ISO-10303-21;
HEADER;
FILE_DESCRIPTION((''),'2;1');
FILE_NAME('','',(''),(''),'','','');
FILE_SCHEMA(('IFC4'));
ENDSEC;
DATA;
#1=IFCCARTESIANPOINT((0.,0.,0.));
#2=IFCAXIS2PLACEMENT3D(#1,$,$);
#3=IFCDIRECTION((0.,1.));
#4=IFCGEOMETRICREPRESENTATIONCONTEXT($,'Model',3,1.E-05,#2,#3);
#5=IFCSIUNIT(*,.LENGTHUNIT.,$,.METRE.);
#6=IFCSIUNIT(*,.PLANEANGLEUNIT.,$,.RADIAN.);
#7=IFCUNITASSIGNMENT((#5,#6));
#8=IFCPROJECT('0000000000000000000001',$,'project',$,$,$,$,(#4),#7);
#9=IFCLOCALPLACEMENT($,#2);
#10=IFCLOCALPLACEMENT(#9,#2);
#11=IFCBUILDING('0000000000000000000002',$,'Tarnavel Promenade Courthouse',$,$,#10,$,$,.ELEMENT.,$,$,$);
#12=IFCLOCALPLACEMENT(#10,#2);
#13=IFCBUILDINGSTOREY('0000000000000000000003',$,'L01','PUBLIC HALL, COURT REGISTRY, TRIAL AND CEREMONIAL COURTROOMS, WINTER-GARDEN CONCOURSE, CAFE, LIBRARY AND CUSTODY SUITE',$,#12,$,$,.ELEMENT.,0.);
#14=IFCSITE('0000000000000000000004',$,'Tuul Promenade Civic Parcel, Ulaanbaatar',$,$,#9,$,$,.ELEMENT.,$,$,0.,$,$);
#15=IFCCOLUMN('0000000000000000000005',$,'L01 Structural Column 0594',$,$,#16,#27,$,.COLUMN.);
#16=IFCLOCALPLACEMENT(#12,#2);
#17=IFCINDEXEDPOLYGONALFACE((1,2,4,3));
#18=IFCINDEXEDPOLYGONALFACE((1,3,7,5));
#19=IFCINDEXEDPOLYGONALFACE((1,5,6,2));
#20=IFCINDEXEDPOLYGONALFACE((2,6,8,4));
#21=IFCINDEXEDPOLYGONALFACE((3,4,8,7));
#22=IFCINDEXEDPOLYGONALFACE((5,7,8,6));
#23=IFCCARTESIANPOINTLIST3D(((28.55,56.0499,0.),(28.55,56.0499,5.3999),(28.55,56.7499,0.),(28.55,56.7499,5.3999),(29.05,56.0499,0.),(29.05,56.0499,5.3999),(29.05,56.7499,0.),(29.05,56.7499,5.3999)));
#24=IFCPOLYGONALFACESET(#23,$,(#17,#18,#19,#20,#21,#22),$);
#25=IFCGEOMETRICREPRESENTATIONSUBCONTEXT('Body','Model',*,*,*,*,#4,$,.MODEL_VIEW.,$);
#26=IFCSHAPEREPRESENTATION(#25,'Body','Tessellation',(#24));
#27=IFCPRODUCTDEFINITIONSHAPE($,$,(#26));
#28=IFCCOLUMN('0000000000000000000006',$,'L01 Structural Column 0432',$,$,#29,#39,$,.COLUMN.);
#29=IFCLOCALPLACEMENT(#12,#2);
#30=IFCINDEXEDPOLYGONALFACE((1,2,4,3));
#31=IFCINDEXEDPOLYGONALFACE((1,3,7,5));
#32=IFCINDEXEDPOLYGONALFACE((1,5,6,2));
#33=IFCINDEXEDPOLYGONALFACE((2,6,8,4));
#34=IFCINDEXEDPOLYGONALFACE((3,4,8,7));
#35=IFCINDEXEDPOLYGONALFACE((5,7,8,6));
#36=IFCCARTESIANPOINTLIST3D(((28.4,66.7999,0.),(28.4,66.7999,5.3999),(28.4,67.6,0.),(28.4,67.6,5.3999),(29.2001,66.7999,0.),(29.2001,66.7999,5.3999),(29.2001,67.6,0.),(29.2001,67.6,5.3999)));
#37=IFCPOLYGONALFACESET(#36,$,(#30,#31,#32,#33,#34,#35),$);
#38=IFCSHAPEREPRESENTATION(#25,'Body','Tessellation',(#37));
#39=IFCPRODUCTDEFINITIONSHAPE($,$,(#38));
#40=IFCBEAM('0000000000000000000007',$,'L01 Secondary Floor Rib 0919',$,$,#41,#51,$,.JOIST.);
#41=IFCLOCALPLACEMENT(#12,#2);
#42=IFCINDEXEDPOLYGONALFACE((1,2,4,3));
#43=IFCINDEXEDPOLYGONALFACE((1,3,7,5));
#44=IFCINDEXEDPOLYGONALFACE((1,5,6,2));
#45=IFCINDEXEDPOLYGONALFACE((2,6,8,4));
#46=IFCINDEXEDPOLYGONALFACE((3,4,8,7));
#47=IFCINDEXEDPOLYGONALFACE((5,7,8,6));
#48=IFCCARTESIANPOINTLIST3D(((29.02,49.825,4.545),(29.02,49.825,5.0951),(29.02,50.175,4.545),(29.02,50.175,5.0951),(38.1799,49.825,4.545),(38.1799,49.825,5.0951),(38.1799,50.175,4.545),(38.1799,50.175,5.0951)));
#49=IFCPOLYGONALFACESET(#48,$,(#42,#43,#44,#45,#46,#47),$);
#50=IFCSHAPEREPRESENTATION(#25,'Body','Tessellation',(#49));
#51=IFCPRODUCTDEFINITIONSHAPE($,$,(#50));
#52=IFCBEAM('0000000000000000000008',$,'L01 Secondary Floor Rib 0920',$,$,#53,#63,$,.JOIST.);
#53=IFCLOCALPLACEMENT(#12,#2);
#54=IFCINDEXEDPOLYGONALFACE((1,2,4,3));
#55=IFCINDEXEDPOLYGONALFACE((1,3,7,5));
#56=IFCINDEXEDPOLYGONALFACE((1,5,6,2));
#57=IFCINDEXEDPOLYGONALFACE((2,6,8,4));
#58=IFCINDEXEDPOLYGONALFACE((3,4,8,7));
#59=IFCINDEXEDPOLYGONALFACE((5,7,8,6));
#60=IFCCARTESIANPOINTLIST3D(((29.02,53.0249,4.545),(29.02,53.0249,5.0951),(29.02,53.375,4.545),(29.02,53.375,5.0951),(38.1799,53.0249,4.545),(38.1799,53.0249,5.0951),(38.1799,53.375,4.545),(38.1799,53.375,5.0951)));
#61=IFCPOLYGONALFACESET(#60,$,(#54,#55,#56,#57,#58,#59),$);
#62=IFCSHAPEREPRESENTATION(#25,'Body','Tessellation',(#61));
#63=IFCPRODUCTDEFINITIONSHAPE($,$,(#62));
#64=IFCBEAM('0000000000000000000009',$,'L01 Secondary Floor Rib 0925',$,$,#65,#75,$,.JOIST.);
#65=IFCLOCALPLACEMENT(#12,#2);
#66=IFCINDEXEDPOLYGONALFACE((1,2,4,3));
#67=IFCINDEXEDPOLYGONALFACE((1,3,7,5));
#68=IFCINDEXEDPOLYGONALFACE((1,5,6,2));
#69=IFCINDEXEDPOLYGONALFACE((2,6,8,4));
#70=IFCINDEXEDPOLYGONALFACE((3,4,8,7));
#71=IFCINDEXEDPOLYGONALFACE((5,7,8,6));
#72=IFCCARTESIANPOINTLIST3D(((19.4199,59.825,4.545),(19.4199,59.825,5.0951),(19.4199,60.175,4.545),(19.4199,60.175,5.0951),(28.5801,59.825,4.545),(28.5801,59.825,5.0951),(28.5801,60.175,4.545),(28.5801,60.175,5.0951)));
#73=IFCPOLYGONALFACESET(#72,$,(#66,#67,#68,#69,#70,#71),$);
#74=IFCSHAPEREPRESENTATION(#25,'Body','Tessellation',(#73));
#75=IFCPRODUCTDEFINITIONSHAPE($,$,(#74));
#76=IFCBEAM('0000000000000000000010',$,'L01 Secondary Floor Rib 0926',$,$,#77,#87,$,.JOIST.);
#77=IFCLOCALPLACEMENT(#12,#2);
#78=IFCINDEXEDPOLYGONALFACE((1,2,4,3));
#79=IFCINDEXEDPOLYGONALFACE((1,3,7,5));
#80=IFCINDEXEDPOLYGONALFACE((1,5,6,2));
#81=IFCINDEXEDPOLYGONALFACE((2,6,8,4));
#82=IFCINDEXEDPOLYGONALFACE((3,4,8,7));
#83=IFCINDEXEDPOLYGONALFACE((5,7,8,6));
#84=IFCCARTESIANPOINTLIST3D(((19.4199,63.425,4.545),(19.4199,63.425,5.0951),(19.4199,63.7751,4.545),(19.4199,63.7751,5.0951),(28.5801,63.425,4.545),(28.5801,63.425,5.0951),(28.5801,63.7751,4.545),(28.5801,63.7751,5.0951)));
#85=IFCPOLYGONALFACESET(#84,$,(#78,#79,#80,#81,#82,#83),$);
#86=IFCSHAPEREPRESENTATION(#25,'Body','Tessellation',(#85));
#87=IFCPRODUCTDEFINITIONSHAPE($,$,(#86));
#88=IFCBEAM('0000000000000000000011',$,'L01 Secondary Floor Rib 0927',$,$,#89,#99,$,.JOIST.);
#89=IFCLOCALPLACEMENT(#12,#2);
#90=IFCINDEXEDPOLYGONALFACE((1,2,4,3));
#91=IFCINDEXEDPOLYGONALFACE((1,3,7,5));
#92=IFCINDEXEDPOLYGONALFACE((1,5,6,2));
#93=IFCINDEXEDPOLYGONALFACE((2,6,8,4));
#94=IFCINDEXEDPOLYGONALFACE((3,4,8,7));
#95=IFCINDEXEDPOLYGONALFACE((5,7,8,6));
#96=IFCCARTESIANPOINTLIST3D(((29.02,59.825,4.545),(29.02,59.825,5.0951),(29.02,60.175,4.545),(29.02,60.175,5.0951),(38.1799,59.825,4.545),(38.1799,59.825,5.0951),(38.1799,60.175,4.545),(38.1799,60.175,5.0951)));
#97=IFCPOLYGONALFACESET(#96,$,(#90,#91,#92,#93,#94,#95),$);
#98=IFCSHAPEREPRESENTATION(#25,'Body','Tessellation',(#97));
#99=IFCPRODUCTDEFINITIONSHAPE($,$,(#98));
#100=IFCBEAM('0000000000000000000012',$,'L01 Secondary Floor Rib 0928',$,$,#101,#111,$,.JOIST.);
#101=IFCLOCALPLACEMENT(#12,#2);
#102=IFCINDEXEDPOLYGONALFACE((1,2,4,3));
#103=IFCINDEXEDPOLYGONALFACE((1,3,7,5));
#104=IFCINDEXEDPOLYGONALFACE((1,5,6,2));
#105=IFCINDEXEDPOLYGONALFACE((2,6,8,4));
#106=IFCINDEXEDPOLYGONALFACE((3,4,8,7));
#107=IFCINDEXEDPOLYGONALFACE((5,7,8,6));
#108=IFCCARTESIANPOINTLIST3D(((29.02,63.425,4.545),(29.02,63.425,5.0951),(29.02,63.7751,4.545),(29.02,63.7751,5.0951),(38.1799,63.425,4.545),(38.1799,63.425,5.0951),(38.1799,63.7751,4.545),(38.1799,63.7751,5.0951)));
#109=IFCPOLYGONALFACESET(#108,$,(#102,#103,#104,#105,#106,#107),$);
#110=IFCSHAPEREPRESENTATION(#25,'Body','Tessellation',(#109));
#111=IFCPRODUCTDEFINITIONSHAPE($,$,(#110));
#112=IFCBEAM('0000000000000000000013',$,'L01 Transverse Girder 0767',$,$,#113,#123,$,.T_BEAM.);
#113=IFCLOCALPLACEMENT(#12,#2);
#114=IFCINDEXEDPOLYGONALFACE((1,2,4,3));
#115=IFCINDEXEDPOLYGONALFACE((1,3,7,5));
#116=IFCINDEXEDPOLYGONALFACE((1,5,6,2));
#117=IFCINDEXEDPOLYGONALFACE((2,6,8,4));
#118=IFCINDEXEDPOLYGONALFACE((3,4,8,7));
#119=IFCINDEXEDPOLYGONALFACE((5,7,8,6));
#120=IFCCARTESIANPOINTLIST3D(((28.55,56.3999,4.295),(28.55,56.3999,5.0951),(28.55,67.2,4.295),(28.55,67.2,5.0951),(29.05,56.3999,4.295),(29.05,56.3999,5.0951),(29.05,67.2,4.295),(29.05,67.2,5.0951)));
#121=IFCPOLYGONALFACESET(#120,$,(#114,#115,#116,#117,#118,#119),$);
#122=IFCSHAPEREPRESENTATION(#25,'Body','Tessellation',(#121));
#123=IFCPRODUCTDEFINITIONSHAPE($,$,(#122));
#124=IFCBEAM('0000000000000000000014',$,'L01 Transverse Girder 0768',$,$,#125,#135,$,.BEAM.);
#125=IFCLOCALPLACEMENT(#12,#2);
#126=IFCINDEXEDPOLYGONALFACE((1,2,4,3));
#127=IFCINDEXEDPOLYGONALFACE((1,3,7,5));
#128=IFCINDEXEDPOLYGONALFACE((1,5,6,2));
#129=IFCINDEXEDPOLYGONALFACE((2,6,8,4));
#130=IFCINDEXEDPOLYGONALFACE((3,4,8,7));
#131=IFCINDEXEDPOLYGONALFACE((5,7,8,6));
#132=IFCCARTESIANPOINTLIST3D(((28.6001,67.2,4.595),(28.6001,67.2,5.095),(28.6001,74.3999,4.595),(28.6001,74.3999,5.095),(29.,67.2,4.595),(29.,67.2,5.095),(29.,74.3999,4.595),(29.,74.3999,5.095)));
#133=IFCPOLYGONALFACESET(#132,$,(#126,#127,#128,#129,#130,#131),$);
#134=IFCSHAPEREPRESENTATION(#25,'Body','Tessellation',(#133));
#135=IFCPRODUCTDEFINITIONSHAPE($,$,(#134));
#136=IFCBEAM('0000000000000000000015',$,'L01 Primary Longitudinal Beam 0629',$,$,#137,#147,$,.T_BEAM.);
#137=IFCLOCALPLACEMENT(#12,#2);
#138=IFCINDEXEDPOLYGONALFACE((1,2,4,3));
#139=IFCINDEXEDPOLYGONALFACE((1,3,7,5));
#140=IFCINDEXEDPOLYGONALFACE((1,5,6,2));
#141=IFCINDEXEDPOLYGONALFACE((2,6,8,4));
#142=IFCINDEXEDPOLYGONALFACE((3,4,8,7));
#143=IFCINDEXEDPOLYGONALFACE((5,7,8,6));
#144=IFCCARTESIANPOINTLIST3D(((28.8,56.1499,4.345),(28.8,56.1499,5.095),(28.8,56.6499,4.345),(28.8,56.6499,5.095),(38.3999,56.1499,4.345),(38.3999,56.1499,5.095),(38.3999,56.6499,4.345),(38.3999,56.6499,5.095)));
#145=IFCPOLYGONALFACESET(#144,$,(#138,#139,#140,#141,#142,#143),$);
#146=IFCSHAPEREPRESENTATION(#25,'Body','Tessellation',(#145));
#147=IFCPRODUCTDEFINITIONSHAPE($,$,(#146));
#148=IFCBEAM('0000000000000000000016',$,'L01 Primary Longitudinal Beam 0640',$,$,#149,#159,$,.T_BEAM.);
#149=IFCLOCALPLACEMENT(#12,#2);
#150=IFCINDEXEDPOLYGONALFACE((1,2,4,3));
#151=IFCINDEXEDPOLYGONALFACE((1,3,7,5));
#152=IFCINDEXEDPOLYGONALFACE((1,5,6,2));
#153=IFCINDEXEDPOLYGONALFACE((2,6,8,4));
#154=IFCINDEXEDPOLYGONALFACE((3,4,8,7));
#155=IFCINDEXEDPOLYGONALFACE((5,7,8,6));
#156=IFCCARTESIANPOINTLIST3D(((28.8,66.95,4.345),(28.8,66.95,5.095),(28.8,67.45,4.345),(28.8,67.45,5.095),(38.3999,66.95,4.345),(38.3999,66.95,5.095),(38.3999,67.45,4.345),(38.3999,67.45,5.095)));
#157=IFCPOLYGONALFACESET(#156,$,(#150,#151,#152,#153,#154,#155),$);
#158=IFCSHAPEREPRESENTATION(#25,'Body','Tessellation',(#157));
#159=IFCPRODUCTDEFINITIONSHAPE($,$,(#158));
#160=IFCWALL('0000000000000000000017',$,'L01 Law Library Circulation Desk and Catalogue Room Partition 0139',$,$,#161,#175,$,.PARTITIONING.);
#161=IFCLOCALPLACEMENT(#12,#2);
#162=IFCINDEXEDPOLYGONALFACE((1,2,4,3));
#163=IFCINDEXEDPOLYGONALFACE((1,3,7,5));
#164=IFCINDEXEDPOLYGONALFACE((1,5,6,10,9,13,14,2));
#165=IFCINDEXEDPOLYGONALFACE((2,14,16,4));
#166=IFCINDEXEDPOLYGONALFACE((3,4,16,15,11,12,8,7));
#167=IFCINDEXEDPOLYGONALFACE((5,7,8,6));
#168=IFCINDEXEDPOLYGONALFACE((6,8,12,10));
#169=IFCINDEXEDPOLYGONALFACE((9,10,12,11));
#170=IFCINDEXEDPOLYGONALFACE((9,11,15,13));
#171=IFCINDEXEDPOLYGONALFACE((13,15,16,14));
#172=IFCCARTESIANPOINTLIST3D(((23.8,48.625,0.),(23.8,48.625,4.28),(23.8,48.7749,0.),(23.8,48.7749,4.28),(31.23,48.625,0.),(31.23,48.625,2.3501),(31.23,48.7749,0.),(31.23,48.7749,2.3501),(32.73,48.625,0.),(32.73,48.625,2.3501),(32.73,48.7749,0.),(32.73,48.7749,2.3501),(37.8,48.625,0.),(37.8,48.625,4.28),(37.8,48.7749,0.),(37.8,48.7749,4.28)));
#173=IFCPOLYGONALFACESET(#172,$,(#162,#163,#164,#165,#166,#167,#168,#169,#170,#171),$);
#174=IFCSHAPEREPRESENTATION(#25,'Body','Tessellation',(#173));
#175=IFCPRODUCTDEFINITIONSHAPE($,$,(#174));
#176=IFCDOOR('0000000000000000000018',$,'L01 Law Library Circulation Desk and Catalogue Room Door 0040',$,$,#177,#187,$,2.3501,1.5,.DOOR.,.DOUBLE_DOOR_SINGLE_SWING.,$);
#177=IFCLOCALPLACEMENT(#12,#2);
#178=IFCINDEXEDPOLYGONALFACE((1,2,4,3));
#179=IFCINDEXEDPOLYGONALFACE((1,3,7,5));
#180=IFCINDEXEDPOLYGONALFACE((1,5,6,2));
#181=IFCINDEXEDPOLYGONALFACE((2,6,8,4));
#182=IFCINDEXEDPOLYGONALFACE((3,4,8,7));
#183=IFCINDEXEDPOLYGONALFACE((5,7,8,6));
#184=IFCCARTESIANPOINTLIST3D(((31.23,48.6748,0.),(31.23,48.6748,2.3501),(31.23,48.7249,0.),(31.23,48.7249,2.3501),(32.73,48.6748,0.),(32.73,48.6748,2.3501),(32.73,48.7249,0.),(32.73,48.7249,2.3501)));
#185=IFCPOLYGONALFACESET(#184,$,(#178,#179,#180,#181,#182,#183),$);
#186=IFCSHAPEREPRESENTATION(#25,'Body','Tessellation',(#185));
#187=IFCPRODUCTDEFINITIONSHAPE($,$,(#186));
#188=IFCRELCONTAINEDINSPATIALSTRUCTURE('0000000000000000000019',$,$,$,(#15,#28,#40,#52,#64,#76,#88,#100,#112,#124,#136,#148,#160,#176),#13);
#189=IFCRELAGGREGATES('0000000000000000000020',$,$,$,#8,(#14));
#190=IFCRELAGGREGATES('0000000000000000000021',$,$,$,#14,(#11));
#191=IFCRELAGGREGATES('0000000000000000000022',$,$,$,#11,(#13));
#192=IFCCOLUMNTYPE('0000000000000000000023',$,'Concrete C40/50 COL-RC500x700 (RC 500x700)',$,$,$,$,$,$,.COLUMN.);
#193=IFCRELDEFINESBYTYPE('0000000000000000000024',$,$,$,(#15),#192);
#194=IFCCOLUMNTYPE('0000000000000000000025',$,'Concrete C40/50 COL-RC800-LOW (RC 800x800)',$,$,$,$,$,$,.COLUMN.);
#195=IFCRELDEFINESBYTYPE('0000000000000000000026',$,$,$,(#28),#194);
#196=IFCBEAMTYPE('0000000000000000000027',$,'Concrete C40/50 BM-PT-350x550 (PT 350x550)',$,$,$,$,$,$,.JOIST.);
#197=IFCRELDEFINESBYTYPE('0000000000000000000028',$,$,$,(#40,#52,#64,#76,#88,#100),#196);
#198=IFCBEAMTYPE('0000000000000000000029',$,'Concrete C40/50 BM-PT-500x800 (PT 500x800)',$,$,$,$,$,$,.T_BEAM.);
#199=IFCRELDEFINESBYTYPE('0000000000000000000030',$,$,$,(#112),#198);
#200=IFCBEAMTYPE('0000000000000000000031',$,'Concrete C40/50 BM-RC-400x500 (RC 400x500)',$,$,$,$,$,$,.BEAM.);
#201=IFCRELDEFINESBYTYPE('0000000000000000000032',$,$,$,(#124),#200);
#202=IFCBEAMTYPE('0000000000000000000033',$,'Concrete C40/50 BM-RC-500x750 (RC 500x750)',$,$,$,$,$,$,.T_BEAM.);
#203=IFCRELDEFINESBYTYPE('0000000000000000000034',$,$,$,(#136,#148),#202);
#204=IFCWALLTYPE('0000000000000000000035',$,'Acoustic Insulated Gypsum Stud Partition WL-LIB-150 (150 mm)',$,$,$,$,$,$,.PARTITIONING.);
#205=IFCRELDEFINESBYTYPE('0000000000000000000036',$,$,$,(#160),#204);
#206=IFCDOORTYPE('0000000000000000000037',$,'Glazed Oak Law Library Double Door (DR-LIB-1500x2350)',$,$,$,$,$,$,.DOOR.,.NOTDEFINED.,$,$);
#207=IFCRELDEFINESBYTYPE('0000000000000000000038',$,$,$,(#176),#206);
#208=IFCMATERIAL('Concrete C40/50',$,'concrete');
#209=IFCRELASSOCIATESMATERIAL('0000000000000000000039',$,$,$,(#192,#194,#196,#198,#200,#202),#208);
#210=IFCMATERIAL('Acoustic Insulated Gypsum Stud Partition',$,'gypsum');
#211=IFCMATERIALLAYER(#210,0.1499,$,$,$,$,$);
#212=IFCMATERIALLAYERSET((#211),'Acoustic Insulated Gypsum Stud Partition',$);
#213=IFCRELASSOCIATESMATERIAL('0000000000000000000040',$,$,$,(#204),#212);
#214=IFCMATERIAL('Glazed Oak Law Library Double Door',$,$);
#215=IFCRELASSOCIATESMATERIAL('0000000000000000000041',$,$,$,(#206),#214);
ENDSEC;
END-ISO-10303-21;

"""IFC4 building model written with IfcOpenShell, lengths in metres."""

from ifc_helpers import new_model, si_unit, direction, frame, frame_2d, origin, origin_2d, place, context, subcontext, project, spatial, rectangle, extrude, material, layer, layer_set, material_profile, profile_set, type_object, element, fill, save


model = new_model("IFC4")

# Units and contexts
model_context = context("Model", 3, precision=1e-05, world=origin(), true_north=direction((0.0, 1.0)))
body_context = subcontext(model_context, "Body", "Model", "MODEL_VIEW")
ifc_project = project(units=[si_unit("LENGTHUNIT", "METRE"), si_unit("PLANEANGLEUNIT", "RADIAN")], contexts=[model_context])

# Site, building, storey
site_placement = place(None, origin())
site = spatial("IfcSite", under=ifc_project, at=site_placement, Name="Tuul Promenade Civic Parcel, Ulaanbaatar", CompositionType="ELEMENT", RefElevation=0.0)
building_placement = place(site_placement, origin())
building = spatial("IfcBuilding", under=site, at=building_placement, Name="Tarnavel Promenade Courthouse", CompositionType="ELEMENT")
storey_placement = place(building_placement, origin())
storey = spatial("IfcBuildingStorey", under=building, at=storey_placement, Name="L01", Description="PUBLIC HALL, COURT REGISTRY, TRIAL AND CEREMONIAL COURTROOMS, WINTER-GARDEN CONCOURSE, CAFE, LIBRARY AND CUSTODY SUITE", CompositionType="ELEMENT", Elevation=0.0)

# Columns
ifc_material_1 = material(Name="Concrete C40/50", Category="concrete")
ifc_material_profile_1 = material_profile(ifc_material_1, rectangle(XDim=0.5, YDim=0.7, at=origin_2d()), Name="RC 500x700")
ifc_profile_set_1 = profile_set([ifc_material_profile_1], Name="Concrete C40/50")
column_type_1 = type_object("IfcColumnType", Name="Concrete C40/50 COL-RC500x700 (RC 500x700)", PredefinedType="COLUMN", material=ifc_profile_set_1)
column_1_placement = place(storey_placement, frame((28.8, 56.3999, 0.0), z_axis=(0.0, 0.0, 1.0), x_axis=(1.0, 0.0, 0.0)))
element("IfcColumn", 1, at=column_1_placement, inside=storey, type_object=column_type_1, Name="L01 Structural Column 0594", PredefinedType="COLUMN", context=body_context, shape_type="SweptSolid", body=[
    extrude(rectangle(XDim=0.5, YDim=0.7, at=origin_2d()), origin(), (0.0, 0.0, 1.0), 5.3999),
])
ifc_material_profile_2 = material_profile(ifc_material_1, rectangle(XDim=0.8, YDim=0.8, at=origin_2d()), Name="RC 800x800")
ifc_profile_set_2 = profile_set([ifc_material_profile_2], Name="Concrete C40/50")
column_type_2 = type_object("IfcColumnType", Name="Concrete C40/50 COL-RC800-LOW (RC 800x800)", PredefinedType="COLUMN", material=ifc_profile_set_2)
column_2_placement = place(storey_placement, frame((28.8, 67.2, 0.0), z_axis=(0.0, 0.0, 1.0), x_axis=(1.0, 0.0, 0.0)))
element("IfcColumn", 2, at=column_2_placement, inside=storey, type_object=column_type_2, Name="L01 Structural Column 0432", PredefinedType="COLUMN", context=body_context, shape_type="SweptSolid", body=[
    extrude(rectangle(XDim=0.8, YDim=0.8, at=origin_2d()), origin(), (0.0, 0.0, 1.0), 5.3999),
])

# Beams
ifc_material_profile_3 = material_profile(ifc_material_1, rectangle(XDim=0.3501, YDim=0.55, at=origin_2d()), Name="PT 350x550")
ifc_profile_set_3 = profile_set([ifc_material_profile_3], Name="Concrete C40/50")
beam_type_1 = type_object("IfcBeamType", Name="Concrete C40/50 BM-PT-350x550 (PT 350x550)", PredefinedType="JOIST", material=ifc_profile_set_3)
for number, where, z_axis, x_axis, name in (
    (3, (29.02, 50.0, 4.8201), (1.0, 0.0, 0.0), (0.0, 1.0, 0.0), "L01 Secondary Floor Rib 0919"),
    (4, (29.02, 53.2, 4.8201), (1.0, 0.0, 0.0), (0.0, 1.0, 0.0), "L01 Secondary Floor Rib 0920"),
):
    element("IfcBeam", number, at=place(storey_placement, frame(where, z_axis=z_axis, x_axis=x_axis)), inside=storey, type_object=beam_type_1, Name=name, PredefinedType="JOIST", context=body_context, shape_type="SweptSolid", body=[
        extrude(rectangle(XDim=0.3501, YDim=0.55, at=origin_2d()), origin(), (0.0, 0.0, 1.0), 9.1599),
    ])
for number, where, z_axis, x_axis, name in (
    (5, (19.4199, 60.0, 4.8201), (1.0, 0.0, 0.0), (0.0, 1.0, 0.0), "L01 Secondary Floor Rib 0925"),
    (6, (19.4199, 63.6001, 4.8201), (1.0, 0.0, 0.0), (0.0, 1.0, 0.0), "L01 Secondary Floor Rib 0926"),
):
    element("IfcBeam", number, at=place(storey_placement, frame(where, z_axis=z_axis, x_axis=x_axis)), inside=storey, type_object=beam_type_1, Name=name, PredefinedType="JOIST", context=body_context, shape_type="SweptSolid", body=[
        extrude(rectangle(XDim=0.3501, YDim=0.55, at=origin_2d()), origin(), (0.0, 0.0, 1.0), 9.1602),
    ])
for number, where, z_axis, x_axis, name in (
    (7, (29.02, 60.0, 4.8201), (1.0, 0.0, 0.0), (0.0, 1.0, 0.0), "L01 Secondary Floor Rib 0927"),
    (8, (29.02, 63.6001, 4.8201), (1.0, 0.0, 0.0), (0.0, 1.0, 0.0), "L01 Secondary Floor Rib 0928"),
):
    element("IfcBeam", number, at=place(storey_placement, frame(where, z_axis=z_axis, x_axis=x_axis)), inside=storey, type_object=beam_type_1, Name=name, PredefinedType="JOIST", context=body_context, shape_type="SweptSolid", body=[
        extrude(rectangle(XDim=0.3501, YDim=0.55, at=origin_2d()), origin(), (0.0, 0.0, 1.0), 9.1599),
    ])
ifc_material_profile_4 = material_profile(ifc_material_1, rectangle(XDim=0.5, YDim=0.8, at=origin_2d()), Name="PT 500x800")
ifc_profile_set_4 = profile_set([ifc_material_profile_4], Name="Concrete C40/50")
beam_type_2 = type_object("IfcBeamType", Name="Concrete C40/50 BM-PT-500x800 (PT 500x800)", PredefinedType="T_BEAM", material=ifc_profile_set_4)
beam_1_placement = place(storey_placement, frame((28.8, 56.3999, 4.6951), z_axis=(0.0, 1.0, 0.0), x_axis=(-1.0, 0.0, 0.0)))
element("IfcBeam", 9, at=beam_1_placement, inside=storey, type_object=beam_type_2, Name="L01 Transverse Girder 0767", PredefinedType="T_BEAM", context=body_context, shape_type="SweptSolid", body=[
    extrude(rectangle(XDim=0.5, YDim=0.8, at=origin_2d()), origin(), (0.0, 0.0, 1.0), 10.8),
])
ifc_material_profile_5 = material_profile(ifc_material_1, rectangle(XDim=0.3999, YDim=0.5, at=origin_2d()), Name="RC 400x500")
ifc_profile_set_5 = profile_set([ifc_material_profile_5], Name="Concrete C40/50")
beam_type_3 = type_object("IfcBeamType", Name="Concrete C40/50 BM-RC-400x500 (RC 400x500)", PredefinedType="BEAM", material=ifc_profile_set_5)
beam_2_placement = place(storey_placement, frame((28.8, 67.2, 4.845), z_axis=(0.0, 1.0, 0.0), x_axis=(-1.0, 0.0, 0.0)))
element("IfcBeam", 10, at=beam_2_placement, inside=storey, type_object=beam_type_3, Name="L01 Transverse Girder 0768", PredefinedType="BEAM", context=body_context, shape_type="SweptSolid", body=[
    extrude(rectangle(XDim=0.3999, YDim=0.5, at=origin_2d()), origin(), (0.0, 0.0, 1.0), 7.2),
])
ifc_material_profile_6 = material_profile(ifc_material_1, rectangle(XDim=0.5, YDim=0.75, at=origin_2d()), Name="RC 500x750")
ifc_profile_set_6 = profile_set([ifc_material_profile_6], Name="Concrete C40/50")
beam_type_4 = type_object("IfcBeamType", Name="Concrete C40/50 BM-RC-500x750 (RC 500x750)", PredefinedType="T_BEAM", material=ifc_profile_set_6)
for number, where, z_axis, x_axis, name in (
    (11, (28.8, 56.3999, 4.72), (1.0, 0.0, 0.0), (0.0, 1.0, 0.0), "L01 Primary Longitudinal Beam 0629"),
    (12, (28.8, 67.2, 4.72), (1.0, 0.0, 0.0), (0.0, 1.0, 0.0), "L01 Primary Longitudinal Beam 0640"),
):
    element("IfcBeam", number, at=place(storey_placement, frame(where, z_axis=z_axis, x_axis=x_axis)), inside=storey, type_object=beam_type_4, Name=name, PredefinedType="T_BEAM", context=body_context, shape_type="SweptSolid", body=[
        extrude(rectangle(XDim=0.5, YDim=0.75, at=origin_2d()), origin(), (0.0, 0.0, 1.0), 9.5999),
    ])

# Wall, opening, door
ifc_material_2 = material(Name="Acoustic Insulated Gypsum Stud Partition", Category="gypsum")
ifc_layer_1 = layer(ifc_material_2, 0.1499)
ifc_layer_set_1 = layer_set([ifc_layer_1], Name="Acoustic Insulated Gypsum Stud Partition")
wall_type_1 = type_object("IfcWallType", Name="Acoustic Insulated Gypsum Stud Partition WL-LIB-150 (150 mm)", PredefinedType="PARTITIONING", material=ifc_layer_set_1)
wall_1_placement = place(storey_placement, frame((23.8, 48.7, 0.0), z_axis=(0.0, 0.0, 1.0), x_axis=(1.0, 0.0, 0.0)))
wall_1 = element("IfcWall", 13, at=wall_1_placement, inside=storey, type_object=wall_type_1, Name="L01 Law Library Circulation Desk and Catalogue Room Partition 0139", PredefinedType="PARTITIONING", context=body_context, shape_type="SweptSolid", body=[
    extrude(rectangle(XDim=14.0, YDim=0.1499, at=frame_2d((7.0, 0.0))), origin(), (0.0, 0.0, 1.0), 4.28),
])
opening_1_placement = place(wall_1_placement, frame((7.4299, 0.0, 0.0)))
opening_1 = element("IfcOpeningElement", 14, at=opening_1_placement, cuts=wall_1, PredefinedType="OPENING", context=body_context, shape_type="SweptSolid", body=[
    extrude(rectangle(XDim=1.5, YDim=2.3501, at=frame_2d((0.75, 1.175))), frame((0.0, 0.085, 0.0), z_axis=(0.0, -1.0, 0.0), x_axis=(1.0, 0.0, 0.0)), (0.0, 0.0, 1.0), 0.1699),
])
ifc_material_3 = material(Name="Glazed Oak Law Library Double Door")
door_type_1 = type_object("IfcDoorType", Name="Glazed Oak Law Library Double Door (DR-LIB-1500x2350)", OperationType="NOTDEFINED", PredefinedType="DOOR", material=ifc_material_3)
door_1_placement = place(opening_1_placement, origin())
door_1 = element("IfcDoor", 15, at=door_1_placement, inside=storey, type_object=door_type_1, Name="L01 Law Library Circulation Desk and Catalogue Room Door 0040", OperationType="DOUBLE_DOOR_SINGLE_SWING", OverallHeight=2.3501, OverallWidth=1.5, PredefinedType="DOOR", context=body_context, shape_type="SweptSolid", body=[
    extrude(rectangle(XDim=1.5, YDim=2.3501, at=frame_2d((0.75, 1.175))), frame((0.0, 0.0249, 0.0), z_axis=(0.0, -1.0, 0.0), x_axis=(1.0, 0.0, 0.0)), (0.0, 0.0, 1.0), 0.05),
])
fill(opening_1, door_1)

save(model, "model.ifc")
